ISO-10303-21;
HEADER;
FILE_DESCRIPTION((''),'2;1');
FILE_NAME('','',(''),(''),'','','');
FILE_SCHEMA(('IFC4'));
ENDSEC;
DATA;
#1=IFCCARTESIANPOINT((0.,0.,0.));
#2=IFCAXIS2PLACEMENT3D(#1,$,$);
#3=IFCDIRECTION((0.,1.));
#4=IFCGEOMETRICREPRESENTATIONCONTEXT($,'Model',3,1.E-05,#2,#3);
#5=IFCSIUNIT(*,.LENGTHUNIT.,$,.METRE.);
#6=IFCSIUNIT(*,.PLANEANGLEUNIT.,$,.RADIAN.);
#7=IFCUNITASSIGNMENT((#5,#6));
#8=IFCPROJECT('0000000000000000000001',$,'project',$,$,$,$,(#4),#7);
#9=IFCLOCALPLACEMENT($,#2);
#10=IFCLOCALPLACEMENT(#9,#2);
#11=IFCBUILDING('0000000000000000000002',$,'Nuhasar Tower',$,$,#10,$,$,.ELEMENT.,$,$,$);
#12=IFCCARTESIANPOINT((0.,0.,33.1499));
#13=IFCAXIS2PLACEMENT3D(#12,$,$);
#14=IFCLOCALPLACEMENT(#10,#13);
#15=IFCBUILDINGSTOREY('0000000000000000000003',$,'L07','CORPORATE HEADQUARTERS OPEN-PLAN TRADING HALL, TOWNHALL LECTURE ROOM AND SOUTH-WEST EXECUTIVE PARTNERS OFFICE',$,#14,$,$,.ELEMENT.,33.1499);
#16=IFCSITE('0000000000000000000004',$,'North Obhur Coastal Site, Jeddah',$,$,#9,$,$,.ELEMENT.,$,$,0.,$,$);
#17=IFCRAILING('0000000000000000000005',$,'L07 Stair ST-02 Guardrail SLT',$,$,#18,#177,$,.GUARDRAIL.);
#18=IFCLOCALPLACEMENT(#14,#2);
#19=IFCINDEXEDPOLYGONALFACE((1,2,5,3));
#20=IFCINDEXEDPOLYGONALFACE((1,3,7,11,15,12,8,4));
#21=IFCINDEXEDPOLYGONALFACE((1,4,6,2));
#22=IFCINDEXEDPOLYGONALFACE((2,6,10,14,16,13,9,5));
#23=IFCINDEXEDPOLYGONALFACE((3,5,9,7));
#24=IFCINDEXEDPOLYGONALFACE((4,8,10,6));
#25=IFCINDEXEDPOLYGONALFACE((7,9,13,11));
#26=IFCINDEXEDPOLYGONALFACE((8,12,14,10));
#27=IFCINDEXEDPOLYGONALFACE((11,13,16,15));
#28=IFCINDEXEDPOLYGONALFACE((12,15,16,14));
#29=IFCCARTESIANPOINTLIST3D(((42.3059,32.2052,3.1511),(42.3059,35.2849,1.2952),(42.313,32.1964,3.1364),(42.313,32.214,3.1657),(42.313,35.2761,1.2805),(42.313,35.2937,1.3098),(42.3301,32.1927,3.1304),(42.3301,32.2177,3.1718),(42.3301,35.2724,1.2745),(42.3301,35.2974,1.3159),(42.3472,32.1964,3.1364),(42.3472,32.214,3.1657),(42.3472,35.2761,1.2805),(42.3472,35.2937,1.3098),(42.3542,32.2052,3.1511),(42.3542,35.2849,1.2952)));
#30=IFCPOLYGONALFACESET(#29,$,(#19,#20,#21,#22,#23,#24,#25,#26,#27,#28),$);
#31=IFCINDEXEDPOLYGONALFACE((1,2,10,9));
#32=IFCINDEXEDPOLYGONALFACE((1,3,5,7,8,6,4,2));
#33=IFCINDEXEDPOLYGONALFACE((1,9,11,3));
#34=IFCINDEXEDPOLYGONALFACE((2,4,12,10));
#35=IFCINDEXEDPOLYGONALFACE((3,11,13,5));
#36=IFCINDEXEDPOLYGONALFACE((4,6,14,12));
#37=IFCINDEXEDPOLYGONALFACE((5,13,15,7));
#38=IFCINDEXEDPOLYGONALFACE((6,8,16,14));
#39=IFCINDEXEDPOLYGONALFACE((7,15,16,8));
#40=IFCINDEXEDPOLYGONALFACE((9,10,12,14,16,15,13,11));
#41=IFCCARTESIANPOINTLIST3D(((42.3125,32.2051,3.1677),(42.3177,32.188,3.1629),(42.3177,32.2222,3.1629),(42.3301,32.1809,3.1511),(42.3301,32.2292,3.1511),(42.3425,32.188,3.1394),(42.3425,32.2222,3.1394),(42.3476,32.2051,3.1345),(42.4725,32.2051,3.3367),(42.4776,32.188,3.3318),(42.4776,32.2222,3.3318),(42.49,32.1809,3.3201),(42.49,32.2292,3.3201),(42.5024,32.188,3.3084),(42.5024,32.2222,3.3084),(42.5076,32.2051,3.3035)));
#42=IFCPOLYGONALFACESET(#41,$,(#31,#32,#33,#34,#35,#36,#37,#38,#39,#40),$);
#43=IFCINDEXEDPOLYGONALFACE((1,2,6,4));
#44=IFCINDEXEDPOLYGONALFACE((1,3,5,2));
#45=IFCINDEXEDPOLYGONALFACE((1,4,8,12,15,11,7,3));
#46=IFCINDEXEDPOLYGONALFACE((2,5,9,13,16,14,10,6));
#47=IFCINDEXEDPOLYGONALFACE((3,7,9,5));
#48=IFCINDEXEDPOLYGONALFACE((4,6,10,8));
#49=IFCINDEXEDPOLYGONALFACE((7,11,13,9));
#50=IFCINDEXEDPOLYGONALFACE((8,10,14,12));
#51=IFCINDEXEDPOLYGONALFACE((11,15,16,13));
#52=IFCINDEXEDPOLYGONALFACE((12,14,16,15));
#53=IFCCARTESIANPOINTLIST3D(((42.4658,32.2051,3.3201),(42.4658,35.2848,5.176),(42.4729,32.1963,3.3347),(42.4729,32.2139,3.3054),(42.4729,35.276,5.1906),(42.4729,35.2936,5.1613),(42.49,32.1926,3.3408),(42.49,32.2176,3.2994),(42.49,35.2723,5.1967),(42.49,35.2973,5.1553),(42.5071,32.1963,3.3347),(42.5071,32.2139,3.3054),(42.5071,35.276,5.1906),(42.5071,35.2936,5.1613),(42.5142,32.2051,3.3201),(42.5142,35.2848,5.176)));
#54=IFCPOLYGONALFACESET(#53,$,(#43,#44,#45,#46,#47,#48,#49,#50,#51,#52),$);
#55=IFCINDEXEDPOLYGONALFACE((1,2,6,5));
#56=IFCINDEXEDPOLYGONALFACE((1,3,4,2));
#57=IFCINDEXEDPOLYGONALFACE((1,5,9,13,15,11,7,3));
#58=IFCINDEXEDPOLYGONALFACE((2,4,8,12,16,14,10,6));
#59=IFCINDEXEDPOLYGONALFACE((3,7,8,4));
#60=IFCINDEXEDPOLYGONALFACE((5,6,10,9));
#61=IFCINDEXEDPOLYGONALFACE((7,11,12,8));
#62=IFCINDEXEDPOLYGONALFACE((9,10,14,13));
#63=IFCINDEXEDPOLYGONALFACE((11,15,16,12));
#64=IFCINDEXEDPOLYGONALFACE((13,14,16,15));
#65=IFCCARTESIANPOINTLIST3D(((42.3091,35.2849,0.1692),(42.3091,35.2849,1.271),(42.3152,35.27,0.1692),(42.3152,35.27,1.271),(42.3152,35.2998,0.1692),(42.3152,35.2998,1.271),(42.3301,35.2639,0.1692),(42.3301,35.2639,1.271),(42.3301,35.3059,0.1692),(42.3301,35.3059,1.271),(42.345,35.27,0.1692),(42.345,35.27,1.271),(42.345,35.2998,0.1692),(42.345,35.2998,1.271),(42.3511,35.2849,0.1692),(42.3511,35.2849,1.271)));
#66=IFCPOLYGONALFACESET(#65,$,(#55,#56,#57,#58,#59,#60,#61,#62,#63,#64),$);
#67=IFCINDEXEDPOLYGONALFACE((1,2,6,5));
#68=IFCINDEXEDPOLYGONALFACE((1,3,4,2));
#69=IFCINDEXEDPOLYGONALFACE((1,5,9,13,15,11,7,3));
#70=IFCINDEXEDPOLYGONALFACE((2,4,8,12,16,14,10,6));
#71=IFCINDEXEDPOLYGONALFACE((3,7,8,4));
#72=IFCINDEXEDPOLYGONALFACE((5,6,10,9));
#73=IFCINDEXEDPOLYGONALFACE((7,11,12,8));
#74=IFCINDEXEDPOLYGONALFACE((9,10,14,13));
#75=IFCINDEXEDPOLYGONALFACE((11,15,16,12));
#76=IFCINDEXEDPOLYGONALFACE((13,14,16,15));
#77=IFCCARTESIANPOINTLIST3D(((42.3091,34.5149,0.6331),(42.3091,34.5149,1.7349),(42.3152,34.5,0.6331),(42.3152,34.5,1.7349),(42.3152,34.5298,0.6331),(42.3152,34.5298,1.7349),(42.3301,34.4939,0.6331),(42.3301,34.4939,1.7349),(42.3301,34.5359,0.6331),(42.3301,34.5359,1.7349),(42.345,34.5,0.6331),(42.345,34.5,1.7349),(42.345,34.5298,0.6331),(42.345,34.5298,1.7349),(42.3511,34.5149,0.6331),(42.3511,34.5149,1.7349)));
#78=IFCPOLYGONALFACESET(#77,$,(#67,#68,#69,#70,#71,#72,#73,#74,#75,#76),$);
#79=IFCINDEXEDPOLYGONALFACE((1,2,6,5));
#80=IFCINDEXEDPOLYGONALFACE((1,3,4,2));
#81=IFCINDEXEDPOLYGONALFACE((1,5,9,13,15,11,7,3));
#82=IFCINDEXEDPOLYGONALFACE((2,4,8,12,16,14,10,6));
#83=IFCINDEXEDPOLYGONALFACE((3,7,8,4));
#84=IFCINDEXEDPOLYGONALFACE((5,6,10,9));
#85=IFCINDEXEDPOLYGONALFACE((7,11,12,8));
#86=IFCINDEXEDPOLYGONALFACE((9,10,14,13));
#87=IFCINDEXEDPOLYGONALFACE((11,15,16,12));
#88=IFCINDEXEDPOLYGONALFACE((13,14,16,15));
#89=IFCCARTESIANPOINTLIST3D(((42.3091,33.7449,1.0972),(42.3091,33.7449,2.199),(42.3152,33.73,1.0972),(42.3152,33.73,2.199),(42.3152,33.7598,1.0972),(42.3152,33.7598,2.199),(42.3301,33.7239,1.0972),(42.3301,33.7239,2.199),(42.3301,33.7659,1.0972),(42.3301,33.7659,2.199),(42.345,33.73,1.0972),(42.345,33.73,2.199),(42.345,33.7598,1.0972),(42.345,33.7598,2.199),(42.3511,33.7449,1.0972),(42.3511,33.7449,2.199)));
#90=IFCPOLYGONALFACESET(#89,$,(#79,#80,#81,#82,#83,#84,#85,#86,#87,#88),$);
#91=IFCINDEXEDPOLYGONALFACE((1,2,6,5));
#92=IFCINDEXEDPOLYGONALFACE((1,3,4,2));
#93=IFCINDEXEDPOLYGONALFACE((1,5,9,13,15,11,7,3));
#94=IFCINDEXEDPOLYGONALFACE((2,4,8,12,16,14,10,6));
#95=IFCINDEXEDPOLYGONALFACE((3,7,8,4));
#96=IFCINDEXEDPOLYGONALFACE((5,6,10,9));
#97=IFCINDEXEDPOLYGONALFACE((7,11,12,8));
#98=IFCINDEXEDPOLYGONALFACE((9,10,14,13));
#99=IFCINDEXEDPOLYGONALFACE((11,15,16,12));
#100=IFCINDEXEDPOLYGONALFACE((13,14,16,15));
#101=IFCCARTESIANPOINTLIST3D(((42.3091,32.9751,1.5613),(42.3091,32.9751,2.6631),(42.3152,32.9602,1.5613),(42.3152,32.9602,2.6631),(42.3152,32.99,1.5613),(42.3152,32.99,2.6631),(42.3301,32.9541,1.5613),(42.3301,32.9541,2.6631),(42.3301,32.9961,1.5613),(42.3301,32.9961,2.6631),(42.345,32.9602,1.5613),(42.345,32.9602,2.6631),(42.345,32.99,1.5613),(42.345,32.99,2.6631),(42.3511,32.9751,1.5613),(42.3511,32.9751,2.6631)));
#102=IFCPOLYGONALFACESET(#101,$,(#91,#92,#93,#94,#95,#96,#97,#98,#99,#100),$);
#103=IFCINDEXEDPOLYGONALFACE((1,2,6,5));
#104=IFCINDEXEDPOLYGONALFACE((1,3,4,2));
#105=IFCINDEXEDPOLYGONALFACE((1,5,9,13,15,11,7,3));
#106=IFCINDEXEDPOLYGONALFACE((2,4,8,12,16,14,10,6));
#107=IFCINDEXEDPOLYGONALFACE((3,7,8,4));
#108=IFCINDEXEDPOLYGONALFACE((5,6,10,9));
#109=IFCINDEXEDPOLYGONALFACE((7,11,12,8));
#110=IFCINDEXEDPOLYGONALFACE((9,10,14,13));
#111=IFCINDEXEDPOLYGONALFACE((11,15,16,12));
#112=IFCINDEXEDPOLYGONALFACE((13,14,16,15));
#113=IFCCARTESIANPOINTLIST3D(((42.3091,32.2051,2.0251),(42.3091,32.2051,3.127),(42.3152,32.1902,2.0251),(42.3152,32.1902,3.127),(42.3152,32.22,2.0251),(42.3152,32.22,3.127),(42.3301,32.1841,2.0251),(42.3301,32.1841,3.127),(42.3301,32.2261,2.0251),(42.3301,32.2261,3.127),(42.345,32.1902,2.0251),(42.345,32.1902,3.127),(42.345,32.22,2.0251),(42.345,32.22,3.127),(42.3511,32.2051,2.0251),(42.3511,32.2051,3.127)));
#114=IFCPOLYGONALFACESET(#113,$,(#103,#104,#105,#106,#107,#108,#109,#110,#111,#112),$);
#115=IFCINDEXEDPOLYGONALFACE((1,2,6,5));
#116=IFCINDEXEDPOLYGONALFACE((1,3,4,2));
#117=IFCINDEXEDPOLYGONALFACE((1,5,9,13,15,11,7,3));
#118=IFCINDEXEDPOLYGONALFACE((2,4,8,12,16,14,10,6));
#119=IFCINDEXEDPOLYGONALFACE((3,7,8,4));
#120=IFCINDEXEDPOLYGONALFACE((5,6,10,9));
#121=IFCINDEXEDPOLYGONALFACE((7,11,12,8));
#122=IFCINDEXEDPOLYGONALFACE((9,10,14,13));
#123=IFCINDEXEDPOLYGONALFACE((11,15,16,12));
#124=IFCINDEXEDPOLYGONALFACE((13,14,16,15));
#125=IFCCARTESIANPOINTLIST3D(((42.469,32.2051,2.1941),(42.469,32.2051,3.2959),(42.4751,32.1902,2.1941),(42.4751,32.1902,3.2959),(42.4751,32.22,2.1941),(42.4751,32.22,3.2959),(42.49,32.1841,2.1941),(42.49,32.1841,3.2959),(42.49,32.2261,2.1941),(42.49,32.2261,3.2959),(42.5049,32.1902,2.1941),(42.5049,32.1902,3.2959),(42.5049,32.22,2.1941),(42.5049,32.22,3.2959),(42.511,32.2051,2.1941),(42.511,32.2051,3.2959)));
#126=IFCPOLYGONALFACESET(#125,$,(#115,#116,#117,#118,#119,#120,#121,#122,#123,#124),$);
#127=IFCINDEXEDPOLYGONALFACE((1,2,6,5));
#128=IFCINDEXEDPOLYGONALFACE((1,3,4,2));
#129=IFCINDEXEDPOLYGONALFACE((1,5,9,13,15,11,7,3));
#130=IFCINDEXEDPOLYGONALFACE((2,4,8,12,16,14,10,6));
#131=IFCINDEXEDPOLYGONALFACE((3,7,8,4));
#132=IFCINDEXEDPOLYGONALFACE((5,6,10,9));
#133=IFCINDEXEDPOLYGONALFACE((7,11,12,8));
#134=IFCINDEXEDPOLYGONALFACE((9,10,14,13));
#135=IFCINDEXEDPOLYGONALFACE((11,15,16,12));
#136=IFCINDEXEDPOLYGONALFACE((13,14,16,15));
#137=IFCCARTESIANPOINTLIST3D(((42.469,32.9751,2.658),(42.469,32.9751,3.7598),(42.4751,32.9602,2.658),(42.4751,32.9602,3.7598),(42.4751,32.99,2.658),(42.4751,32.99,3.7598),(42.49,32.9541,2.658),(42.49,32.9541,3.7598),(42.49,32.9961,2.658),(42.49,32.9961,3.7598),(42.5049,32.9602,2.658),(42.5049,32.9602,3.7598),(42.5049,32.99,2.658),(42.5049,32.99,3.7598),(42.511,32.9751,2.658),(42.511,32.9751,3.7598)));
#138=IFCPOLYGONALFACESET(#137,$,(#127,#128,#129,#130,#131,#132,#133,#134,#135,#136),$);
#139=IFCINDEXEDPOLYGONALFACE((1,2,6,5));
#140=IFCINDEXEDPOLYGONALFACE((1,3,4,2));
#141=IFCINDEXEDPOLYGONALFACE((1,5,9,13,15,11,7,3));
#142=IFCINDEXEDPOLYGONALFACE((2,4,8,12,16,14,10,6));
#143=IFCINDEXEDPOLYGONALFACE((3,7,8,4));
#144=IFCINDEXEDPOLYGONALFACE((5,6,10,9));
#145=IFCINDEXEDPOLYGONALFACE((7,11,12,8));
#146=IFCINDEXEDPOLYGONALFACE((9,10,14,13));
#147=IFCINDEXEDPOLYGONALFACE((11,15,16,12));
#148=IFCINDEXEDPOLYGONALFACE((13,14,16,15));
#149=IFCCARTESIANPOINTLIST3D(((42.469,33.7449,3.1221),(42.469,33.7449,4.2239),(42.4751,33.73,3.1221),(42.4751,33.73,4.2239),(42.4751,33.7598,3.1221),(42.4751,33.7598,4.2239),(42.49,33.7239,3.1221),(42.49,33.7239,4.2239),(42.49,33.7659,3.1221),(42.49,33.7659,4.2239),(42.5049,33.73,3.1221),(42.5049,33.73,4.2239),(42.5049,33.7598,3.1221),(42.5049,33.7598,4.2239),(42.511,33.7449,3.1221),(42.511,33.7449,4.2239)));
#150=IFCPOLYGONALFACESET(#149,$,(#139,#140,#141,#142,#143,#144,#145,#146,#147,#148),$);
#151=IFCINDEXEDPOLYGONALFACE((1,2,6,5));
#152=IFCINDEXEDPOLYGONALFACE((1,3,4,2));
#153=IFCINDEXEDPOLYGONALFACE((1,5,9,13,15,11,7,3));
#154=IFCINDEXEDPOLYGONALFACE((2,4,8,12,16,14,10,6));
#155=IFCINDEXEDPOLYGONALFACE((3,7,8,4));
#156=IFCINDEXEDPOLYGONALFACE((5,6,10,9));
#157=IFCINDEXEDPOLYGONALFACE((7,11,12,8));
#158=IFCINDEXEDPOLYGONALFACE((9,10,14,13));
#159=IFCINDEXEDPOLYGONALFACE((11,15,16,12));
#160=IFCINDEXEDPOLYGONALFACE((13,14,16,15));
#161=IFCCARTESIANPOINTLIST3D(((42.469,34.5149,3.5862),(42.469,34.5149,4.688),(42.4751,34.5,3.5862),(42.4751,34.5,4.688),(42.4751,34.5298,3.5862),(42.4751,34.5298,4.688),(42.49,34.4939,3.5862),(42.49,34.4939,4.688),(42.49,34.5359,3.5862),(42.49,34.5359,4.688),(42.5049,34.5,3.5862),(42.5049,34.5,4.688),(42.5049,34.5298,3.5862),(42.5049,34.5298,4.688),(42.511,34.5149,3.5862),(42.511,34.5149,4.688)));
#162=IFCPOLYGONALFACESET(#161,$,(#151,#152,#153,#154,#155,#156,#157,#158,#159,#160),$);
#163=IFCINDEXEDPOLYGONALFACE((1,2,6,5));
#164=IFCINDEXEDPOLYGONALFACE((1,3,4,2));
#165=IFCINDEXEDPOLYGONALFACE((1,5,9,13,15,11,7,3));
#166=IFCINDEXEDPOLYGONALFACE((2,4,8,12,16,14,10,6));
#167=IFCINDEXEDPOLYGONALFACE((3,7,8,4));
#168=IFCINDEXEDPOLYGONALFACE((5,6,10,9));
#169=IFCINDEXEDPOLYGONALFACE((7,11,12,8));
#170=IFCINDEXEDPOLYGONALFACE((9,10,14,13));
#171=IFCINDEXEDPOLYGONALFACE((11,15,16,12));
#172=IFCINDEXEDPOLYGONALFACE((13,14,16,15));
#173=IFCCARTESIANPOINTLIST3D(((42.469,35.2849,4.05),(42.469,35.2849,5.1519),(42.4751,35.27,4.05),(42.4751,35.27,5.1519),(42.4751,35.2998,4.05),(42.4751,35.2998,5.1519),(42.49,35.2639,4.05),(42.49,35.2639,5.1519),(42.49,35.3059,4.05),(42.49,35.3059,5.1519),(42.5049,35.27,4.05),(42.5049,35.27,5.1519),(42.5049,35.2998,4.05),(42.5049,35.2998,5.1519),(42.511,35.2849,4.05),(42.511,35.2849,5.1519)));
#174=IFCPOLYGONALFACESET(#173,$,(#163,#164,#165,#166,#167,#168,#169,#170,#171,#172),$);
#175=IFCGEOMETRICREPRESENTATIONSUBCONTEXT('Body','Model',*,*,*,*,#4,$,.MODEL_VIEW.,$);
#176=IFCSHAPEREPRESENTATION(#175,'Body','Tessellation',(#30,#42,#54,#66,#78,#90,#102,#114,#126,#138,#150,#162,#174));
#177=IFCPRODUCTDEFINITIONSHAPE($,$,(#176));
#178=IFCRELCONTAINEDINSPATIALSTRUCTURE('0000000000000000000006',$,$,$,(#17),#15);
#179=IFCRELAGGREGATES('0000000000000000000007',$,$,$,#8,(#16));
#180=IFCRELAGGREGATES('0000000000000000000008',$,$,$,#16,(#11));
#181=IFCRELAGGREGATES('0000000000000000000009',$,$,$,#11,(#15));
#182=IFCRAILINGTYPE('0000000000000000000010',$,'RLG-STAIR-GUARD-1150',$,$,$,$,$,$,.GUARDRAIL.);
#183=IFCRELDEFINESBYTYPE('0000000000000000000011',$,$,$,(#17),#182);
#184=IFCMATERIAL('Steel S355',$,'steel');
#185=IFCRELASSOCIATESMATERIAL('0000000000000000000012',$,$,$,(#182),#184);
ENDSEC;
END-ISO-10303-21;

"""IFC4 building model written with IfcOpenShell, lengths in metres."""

from ifc_helpers import new_model, si_unit, direction, frame, origin, place, context, subcontext, project, spatial, polyline, outline, extrude, material, type_object, element, save


model = new_model("IFC4")

# Units and contexts
model_context = context("Model", 3, precision=1e-05, world=origin(), true_north=direction((0.0, 1.0)))
body_context = subcontext(model_context, "Body", "Model", "MODEL_VIEW")
ifc_project = project(units=[si_unit("LENGTHUNIT", "METRE"), si_unit("PLANEANGLEUNIT", "RADIAN")], contexts=[model_context])

# Site, building, storey
site_placement = place(None, origin())
site = spatial("IfcSite", under=ifc_project, at=site_placement, Name="North Obhur Coastal Site, Jeddah", CompositionType="ELEMENT", RefElevation=0.0)
building_placement = place(site_placement, origin())
building = spatial("IfcBuilding", under=site, at=building_placement, Name="Nuhasar Tower", CompositionType="ELEMENT")
storey_placement = place(building_placement, frame((0.0, 0.0, 33.1499)))
storey = spatial("IfcBuildingStorey", under=building, at=storey_placement, Name="L07", Description="CORPORATE HEADQUARTERS OPEN-PLAN TRADING HALL, TOWNHALL LECTURE ROOM AND SOUTH-WEST EXECUTIVE PARTNERS OFFICE", CompositionType="ELEMENT", Elevation=33.1499)

# Shared definitions
ifc_material_1 = material(Name="Steel S355", Category="steel")

# Railing
railing_type_1 = type_object("IfcRailingType", Name="RLG-STAIR-GUARD-1150", PredefinedType="GUARDRAIL", material=ifc_material_1)
railing_1_placement = place(storey_placement, frame((42.3301, 35.2849, 0.1692)))
element("IfcRailing", 1, at=railing_1_placement, inside=storey, type_object=railing_type_1, Name="L07 Stair ST-02 Guardrail SLT", PredefinedType="GUARDRAIL", context=body_context, shape_type="SweptSolid", body=[
    extrude(outline(polyline([(0.0242, 0.0), (0.0171, 0.0171), (0.0, 0.0242), (-0.0171, 0.0171), (-0.0242, 0.0), (-0.0171, -0.0171), (0.0, -0.0242), (0.0171, -0.0171), (0.0242, 0.0)])), frame((0.0, 0.0, 1.126), z_axis=(0.0, -0.856503, 0.516142), x_axis=(1.0, 0.0, 0.0)), (0.0, 0.0, 1.0), 3.5957),
    extrude(outline(polyline([(0.0242, 0.0), (0.0171, 0.0171), (0.0, 0.0242), (-0.0171, 0.0171), (-0.0242, 0.0), (-0.0171, -0.0171), (0.0, -0.0242), (0.0171, -0.0171), (0.0242, 0.0)])), frame((0.0, -3.0798, 2.9819), z_axis=(0.687424, 0.0, 0.726256), x_axis=(0.0, 1.0, 0.0)), (0.0, 0.0, 1.0), 0.2327),
    extrude(outline(polyline([(0.0242, 0.0), (0.0171, 0.0171), (0.0, 0.0242), (-0.0171, 0.0171), (-0.0242, 0.0), (-0.0171, -0.0171), (0.0, -0.0242), (0.0171, -0.0171), (0.0242, 0.0)])), frame((0.1599, -3.0798, 3.1509), z_axis=(0.0, 0.856503, 0.516142), x_axis=(-1.0, 0.0, 0.0)), (0.0, 0.0, 1.0), 3.5957),
    extrude(outline(polyline([(0.021, 0.0), (0.0149, 0.0149), (0.0, 0.021), (-0.0149, 0.0149), (-0.021, 0.0), (-0.0149, -0.0149), (0.0, -0.021), (0.0149, -0.0149), (0.021, 0.0)])), origin(), (0.0, 0.0, 1.0), 1.1018),
    extrude(outline(polyline([(0.021, 0.0), (0.0149, 0.0149), (0.0, 0.021), (-0.0149, 0.0149), (-0.021, 0.0), (-0.0149, -0.0149), (0.0, -0.021), (0.0149, -0.0149), (0.021, 0.0)])), frame((0.0, -0.77, 0.4639)), (0.0, 0.0, 1.0), 1.1018),
    extrude(outline(polyline([(0.021, 0.0), (0.0149, 0.0149), (0.0, 0.021), (-0.0149, 0.0149), (-0.021, 0.0), (-0.0149, -0.0149), (0.0, -0.021), (0.0149, -0.0149), (0.021, 0.0)])), frame((0.0, -1.54, 0.928)), (0.0, 0.0, 1.0), 1.1018),
    extrude(outline(polyline([(0.021, 0.0), (0.0149, 0.0149), (0.0, 0.021), (-0.0149, 0.0149), (-0.021, 0.0), (-0.0149, -0.0149), (0.0, -0.021), (0.0149, -0.0149), (0.021, 0.0)])), frame((0.0, -2.3098, 1.3921)), (0.0, 0.0, 1.0), 1.1018),
    extrude(outline(polyline([(0.021, 0.0), (0.0149, 0.0149), (0.0, 0.021), (-0.0149, 0.0149), (-0.021, 0.0), (-0.0149, -0.0149), (0.0, -0.021), (0.0149, -0.0149), (0.021, 0.0)])), frame((0.0, -3.0798, 1.856)), (0.0, 0.0, 1.0), 1.1018),
    extrude(outline(polyline([(0.021, 0.0), (0.0149, 0.0149), (0.0, 0.021), (-0.0149, 0.0149), (-0.021, 0.0), (-0.0149, -0.0149), (0.0, -0.021), (0.0149, -0.0149), (0.021, 0.0)])), frame((0.1599, -3.0798, 2.0249)), (0.0, 0.0, 1.0), 1.1018),
    extrude(outline(polyline([(0.021, 0.0), (0.0149, 0.0149), (0.0, 0.021), (-0.0149, 0.0149), (-0.021, 0.0), (-0.0149, -0.0149), (0.0, -0.021), (0.0149, -0.0149), (0.021, 0.0)])), frame((0.1599, -2.3098, 2.4888)), (0.0, 0.0, 1.0), 1.1018),
    extrude(outline(polyline([(0.021, 0.0), (0.0149, 0.0149), (0.0, 0.021), (-0.0149, 0.0149), (-0.021, 0.0), (-0.0149, -0.0149), (0.0, -0.021), (0.0149, -0.0149), (0.021, 0.0)])), frame((0.1599, -1.54, 2.9529)), (0.0, 0.0, 1.0), 1.1018),
    extrude(outline(polyline([(0.021, 0.0), (0.0149, 0.0149), (0.0, 0.021), (-0.0149, 0.0149), (-0.021, 0.0), (-0.0149, -0.0149), (0.0, -0.021), (0.0149, -0.0149), (0.021, 0.0)])), frame((0.1599, -0.77, 3.417)), (0.0, 0.0, 1.0), 1.1018),
    extrude(outline(polyline([(0.021, 0.0), (0.0149, 0.0149), (0.0, 0.021), (-0.0149, 0.0149), (-0.021, 0.0), (-0.0149, -0.0149), (0.0, -0.021), (0.0149, -0.0149), (0.021, 0.0)])), frame((0.1599, 0.0, 3.8809)), (0.0, 0.0, 1.0), 1.1018),
])

save(model, "model.ifc")
